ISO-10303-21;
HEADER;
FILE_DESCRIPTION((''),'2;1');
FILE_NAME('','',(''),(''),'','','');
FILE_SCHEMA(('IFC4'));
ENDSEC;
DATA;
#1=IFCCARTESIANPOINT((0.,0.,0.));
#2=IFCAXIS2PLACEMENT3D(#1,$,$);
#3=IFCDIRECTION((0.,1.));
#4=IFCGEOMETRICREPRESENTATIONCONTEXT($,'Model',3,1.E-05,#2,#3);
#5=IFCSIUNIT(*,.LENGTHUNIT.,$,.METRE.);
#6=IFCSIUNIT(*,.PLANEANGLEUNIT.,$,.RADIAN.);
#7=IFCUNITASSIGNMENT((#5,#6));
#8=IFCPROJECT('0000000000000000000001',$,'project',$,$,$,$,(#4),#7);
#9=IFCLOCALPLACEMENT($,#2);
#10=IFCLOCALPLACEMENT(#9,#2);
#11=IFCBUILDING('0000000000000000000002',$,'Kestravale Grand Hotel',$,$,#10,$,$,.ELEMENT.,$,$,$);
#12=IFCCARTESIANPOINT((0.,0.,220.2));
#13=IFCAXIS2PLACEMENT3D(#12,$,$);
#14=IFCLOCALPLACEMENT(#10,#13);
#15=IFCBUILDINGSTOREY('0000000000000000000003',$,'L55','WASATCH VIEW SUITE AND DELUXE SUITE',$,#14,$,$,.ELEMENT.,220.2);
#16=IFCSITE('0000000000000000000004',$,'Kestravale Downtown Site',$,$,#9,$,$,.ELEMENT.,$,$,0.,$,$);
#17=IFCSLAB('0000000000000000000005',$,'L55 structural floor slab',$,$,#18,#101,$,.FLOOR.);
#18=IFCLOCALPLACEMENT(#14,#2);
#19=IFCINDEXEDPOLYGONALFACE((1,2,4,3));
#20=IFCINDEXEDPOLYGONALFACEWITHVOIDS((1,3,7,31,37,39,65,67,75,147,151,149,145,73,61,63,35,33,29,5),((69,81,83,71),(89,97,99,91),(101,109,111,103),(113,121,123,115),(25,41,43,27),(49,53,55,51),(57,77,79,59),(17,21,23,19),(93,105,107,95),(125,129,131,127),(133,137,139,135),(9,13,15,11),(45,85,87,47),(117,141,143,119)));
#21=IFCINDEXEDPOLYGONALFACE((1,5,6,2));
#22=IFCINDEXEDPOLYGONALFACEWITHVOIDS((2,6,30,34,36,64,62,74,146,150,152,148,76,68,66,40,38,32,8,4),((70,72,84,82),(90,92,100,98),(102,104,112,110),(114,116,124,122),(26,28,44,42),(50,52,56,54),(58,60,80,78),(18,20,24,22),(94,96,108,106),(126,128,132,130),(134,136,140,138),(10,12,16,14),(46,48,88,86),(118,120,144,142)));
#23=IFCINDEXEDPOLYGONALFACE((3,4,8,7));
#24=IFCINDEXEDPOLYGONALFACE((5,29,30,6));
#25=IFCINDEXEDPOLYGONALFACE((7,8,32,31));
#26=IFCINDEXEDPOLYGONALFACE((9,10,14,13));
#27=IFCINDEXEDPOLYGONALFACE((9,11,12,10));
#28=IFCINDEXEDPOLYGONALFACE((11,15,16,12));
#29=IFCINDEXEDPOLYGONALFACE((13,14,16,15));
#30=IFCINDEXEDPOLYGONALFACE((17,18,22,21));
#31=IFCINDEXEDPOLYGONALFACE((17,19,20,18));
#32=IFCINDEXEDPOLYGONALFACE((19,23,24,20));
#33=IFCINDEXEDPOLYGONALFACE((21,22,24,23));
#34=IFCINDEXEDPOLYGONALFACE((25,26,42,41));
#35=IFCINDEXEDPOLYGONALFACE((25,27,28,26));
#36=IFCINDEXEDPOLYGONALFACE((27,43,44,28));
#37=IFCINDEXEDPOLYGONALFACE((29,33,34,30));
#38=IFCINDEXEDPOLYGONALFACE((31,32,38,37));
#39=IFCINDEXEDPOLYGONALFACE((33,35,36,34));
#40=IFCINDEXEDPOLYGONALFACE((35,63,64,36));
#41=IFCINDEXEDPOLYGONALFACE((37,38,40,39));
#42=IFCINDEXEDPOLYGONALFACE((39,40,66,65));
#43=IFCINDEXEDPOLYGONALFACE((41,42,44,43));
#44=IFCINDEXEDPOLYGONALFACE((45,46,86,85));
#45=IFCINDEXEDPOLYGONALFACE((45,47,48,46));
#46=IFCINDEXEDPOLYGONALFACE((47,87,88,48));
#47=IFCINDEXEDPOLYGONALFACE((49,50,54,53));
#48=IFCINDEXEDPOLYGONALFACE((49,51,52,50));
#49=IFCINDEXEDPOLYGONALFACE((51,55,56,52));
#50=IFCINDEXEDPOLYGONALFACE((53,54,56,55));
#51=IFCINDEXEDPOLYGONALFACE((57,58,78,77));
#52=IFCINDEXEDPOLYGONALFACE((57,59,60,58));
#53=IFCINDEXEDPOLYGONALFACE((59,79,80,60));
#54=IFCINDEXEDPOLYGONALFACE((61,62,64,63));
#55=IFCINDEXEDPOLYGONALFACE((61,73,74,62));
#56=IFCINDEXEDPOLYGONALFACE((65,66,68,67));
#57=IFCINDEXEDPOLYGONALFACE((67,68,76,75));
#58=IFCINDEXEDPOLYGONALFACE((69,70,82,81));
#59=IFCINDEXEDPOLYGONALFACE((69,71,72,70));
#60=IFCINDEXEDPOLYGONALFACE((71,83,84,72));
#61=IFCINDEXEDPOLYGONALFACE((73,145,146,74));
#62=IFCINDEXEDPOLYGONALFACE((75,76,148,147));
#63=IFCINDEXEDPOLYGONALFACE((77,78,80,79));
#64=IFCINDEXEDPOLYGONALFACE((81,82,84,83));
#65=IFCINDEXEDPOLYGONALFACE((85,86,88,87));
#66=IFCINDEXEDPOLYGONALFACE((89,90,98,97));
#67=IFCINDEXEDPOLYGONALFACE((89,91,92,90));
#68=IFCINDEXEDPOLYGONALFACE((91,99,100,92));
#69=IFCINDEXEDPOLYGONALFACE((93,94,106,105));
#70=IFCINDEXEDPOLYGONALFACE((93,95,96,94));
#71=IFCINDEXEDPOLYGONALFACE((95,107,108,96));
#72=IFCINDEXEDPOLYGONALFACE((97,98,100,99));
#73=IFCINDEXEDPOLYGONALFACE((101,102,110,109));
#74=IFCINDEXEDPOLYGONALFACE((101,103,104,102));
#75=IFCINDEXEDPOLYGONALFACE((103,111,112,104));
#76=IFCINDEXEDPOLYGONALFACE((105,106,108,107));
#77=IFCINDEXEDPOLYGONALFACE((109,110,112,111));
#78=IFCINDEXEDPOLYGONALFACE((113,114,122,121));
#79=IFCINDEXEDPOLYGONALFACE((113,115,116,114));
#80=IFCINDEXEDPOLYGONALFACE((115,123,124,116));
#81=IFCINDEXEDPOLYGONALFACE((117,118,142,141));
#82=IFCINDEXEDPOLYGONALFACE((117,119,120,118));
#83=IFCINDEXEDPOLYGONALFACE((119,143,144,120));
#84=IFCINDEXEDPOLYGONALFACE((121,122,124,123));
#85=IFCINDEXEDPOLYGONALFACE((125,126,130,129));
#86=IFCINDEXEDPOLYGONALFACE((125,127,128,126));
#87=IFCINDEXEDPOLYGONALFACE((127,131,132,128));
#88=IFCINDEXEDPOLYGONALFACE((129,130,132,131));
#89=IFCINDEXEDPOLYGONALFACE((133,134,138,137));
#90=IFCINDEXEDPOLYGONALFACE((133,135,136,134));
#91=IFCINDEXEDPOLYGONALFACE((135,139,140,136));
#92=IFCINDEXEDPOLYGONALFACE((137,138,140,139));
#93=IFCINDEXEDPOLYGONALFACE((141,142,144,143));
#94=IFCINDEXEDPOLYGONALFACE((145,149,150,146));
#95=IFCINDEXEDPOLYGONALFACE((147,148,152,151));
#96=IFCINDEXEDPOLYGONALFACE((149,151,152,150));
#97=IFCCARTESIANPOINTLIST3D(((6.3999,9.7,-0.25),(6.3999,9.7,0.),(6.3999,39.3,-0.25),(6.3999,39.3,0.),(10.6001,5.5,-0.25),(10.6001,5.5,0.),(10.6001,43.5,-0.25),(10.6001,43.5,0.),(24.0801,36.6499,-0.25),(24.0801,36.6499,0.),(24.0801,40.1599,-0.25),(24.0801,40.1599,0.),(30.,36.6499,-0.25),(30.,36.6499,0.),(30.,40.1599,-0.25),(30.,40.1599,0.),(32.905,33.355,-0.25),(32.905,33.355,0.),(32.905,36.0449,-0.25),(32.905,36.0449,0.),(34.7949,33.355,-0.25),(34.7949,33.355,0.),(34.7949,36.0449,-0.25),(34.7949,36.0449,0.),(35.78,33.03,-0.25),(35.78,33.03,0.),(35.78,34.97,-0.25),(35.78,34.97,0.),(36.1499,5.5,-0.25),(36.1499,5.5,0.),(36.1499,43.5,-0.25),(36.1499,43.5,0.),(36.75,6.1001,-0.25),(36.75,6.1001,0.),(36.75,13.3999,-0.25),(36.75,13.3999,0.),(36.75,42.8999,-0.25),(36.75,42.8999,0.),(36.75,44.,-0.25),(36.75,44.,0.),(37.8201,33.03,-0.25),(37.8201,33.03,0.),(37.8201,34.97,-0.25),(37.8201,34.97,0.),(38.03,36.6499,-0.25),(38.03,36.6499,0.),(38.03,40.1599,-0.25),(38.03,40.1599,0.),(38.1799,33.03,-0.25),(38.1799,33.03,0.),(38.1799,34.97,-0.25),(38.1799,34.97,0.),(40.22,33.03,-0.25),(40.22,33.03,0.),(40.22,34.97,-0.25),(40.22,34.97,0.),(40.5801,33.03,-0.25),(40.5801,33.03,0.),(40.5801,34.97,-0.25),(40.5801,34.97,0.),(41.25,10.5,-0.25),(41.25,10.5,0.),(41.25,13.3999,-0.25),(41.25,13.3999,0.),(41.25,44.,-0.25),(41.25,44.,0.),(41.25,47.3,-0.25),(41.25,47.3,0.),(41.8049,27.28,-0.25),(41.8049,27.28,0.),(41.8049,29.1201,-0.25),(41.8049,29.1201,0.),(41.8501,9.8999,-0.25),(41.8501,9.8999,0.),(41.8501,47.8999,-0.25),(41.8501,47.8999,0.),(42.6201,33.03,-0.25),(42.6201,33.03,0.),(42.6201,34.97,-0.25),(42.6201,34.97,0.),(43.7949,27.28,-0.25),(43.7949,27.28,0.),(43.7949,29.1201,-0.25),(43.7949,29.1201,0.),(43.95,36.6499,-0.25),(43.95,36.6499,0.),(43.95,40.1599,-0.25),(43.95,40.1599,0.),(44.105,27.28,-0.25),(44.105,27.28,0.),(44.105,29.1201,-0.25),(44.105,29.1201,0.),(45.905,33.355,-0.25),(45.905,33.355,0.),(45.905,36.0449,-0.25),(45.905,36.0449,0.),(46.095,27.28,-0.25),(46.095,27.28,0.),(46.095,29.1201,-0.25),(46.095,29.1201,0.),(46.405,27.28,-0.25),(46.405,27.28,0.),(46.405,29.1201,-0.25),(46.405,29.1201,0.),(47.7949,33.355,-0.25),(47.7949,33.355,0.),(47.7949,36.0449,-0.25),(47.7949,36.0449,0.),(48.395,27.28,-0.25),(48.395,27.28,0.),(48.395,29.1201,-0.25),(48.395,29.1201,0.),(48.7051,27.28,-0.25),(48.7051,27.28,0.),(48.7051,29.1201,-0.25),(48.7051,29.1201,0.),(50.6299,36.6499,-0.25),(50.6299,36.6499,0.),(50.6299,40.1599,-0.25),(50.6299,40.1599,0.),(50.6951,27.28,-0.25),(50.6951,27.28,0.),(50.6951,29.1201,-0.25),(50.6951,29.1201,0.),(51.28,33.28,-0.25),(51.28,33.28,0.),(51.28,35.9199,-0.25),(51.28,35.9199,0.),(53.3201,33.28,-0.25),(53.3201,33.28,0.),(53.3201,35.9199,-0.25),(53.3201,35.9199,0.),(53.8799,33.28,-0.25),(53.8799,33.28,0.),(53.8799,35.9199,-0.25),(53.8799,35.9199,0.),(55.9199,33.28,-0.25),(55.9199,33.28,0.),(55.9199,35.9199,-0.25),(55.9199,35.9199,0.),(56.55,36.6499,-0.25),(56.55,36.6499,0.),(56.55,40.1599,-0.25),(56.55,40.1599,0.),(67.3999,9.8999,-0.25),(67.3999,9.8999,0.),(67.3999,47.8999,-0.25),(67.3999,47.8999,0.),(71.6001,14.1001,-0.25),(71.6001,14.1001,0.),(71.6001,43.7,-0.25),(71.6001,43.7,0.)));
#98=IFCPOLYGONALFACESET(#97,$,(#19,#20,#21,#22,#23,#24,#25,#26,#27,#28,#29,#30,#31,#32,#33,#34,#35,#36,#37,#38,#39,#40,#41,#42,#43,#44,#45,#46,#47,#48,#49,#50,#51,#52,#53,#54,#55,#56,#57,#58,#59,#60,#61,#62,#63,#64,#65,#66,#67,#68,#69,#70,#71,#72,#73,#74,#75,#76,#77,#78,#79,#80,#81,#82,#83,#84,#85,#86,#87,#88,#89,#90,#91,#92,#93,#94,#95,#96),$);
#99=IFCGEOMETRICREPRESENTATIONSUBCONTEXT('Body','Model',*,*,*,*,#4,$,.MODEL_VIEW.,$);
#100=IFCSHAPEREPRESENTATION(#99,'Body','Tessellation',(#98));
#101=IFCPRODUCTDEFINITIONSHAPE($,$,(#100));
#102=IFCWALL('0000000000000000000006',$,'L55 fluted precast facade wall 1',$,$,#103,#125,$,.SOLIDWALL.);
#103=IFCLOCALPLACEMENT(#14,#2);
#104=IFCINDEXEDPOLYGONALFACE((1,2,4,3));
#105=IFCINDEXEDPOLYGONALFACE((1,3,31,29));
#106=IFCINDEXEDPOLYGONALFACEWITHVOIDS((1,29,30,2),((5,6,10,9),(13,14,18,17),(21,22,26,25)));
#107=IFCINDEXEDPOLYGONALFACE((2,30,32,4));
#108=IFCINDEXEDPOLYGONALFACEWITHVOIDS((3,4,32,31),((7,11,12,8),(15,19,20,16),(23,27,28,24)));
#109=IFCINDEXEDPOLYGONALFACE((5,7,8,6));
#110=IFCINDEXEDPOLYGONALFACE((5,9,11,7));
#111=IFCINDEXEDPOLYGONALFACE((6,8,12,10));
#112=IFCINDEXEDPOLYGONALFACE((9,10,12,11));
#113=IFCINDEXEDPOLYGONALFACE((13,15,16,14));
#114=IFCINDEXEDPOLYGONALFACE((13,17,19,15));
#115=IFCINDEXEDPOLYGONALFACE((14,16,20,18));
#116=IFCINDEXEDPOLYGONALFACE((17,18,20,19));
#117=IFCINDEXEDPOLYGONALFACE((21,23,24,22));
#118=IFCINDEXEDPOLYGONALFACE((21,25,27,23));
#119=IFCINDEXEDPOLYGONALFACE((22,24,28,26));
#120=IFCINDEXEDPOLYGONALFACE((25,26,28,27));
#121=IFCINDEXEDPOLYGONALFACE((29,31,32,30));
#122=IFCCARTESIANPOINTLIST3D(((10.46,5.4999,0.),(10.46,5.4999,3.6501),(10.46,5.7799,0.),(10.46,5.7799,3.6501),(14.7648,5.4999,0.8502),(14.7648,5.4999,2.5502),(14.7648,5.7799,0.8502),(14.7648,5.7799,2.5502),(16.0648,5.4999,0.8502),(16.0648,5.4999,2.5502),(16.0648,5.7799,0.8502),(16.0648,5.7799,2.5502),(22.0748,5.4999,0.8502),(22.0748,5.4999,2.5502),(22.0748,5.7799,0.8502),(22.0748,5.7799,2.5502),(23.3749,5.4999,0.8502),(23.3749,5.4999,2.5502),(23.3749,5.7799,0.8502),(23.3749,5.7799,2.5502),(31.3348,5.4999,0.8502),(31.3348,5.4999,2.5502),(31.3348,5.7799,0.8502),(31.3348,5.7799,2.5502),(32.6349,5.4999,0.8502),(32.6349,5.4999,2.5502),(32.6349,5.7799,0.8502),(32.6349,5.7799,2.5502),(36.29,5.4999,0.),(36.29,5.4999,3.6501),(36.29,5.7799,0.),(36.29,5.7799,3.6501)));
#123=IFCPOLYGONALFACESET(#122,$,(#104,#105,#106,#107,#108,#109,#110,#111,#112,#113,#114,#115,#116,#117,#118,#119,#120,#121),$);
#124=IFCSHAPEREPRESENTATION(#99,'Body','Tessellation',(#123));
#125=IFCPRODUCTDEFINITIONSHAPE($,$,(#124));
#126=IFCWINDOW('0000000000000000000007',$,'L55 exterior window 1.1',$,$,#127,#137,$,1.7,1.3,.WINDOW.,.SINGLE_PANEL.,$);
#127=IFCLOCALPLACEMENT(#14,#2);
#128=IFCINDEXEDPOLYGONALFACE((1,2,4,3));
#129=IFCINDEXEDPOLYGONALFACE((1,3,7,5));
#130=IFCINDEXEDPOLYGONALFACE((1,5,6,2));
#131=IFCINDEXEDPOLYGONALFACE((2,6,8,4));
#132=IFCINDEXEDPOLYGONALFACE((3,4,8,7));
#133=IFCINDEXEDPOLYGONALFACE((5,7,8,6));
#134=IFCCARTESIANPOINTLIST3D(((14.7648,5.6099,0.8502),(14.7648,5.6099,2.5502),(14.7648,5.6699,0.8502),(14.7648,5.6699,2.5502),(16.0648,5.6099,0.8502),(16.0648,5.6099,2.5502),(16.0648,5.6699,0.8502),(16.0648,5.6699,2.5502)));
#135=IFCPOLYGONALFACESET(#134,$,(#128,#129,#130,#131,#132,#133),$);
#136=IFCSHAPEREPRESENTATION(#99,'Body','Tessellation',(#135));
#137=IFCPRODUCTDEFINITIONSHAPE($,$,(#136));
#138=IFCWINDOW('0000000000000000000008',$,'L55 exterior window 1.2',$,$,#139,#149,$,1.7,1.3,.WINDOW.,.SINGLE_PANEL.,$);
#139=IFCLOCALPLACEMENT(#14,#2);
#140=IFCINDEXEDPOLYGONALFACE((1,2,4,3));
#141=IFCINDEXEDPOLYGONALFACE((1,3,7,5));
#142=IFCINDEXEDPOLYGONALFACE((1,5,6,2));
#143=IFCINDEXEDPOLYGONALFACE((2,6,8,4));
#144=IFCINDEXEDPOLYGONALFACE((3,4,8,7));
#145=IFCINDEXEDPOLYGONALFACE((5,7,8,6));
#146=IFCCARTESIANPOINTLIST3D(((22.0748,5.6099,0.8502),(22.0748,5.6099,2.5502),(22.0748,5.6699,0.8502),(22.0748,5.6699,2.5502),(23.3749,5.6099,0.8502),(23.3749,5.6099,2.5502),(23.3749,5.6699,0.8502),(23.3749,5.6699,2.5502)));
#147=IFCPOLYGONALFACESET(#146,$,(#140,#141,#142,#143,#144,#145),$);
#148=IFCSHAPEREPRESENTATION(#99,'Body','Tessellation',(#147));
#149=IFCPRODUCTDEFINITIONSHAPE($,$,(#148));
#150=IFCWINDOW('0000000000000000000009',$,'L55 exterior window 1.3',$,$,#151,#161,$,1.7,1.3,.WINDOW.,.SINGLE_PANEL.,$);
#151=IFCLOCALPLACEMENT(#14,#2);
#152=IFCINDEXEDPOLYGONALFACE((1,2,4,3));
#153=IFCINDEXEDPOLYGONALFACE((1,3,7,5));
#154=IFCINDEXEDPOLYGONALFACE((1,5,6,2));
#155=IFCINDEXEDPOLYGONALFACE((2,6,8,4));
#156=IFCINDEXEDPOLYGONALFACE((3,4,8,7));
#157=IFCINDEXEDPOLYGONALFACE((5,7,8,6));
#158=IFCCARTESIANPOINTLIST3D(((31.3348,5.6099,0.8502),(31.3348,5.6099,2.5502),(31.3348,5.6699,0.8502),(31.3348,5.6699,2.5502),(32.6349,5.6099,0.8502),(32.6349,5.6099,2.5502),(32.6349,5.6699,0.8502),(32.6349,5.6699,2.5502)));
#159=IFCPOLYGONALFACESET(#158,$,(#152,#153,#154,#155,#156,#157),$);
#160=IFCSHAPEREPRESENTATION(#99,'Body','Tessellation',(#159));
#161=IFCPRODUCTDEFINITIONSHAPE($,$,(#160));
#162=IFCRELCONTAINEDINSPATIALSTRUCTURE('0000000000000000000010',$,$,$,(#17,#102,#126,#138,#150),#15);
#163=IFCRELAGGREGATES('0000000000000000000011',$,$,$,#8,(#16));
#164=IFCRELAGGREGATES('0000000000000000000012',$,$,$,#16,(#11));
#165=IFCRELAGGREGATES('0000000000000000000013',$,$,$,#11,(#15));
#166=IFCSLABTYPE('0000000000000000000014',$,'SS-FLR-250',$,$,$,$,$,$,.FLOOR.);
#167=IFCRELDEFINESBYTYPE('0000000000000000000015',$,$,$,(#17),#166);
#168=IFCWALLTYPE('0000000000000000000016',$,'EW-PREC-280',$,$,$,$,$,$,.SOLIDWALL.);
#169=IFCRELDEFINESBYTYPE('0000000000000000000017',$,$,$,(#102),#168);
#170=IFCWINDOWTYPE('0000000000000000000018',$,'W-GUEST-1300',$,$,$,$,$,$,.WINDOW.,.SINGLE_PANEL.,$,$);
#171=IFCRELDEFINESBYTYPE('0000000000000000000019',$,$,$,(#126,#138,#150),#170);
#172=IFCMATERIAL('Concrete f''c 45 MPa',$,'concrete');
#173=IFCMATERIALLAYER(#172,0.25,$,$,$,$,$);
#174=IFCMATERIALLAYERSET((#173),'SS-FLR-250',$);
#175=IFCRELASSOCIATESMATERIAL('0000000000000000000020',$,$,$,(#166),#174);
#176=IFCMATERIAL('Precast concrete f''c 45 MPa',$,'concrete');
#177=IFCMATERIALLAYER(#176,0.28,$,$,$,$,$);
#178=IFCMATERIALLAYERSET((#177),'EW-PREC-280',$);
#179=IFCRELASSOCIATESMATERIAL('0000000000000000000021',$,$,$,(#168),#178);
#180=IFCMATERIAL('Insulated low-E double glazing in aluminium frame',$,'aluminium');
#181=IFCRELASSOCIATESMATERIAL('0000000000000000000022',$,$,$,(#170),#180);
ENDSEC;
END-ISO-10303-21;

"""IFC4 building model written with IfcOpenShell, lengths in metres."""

from ifc_helpers import new_model, si_unit, direction, frame, frame_2d, origin, place, context, subcontext, project, spatial, polyline, rectangle, outline, extrude, material, layer, layer_set, type_object, element, fill, save


model = new_model("IFC4")

# Units and contexts
model_context = context("Model", 3, precision=1e-05, world=origin(), true_north=direction((0.0, 1.0)))
body_context = subcontext(model_context, "Body", "Model", "MODEL_VIEW")
ifc_project = project(units=[si_unit("LENGTHUNIT", "METRE"), si_unit("PLANEANGLEUNIT", "RADIAN")], contexts=[model_context])

# Site, building, storey
site_placement = place(None, origin())
site = spatial("IfcSite", under=ifc_project, at=site_placement, Name="Kestravale Downtown Site", CompositionType="ELEMENT", RefElevation=0.0)
building_placement = place(site_placement, origin())
building = spatial("IfcBuilding", under=site, at=building_placement, Name="Kestravale Grand Hotel", CompositionType="ELEMENT")
storey_placement = place(building_placement, frame((0.0, 0.0, 220.2)))
storey = spatial("IfcBuildingStorey", under=building, at=storey_placement, Name="L55", Description="WASATCH VIEW SUITE AND DELUXE SUITE", CompositionType="ELEMENT", Elevation=220.2)

# Slab
ifc_material_1 = material(Name="Concrete f'c 45 MPa", Category="concrete")
ifc_layer_1 = layer(ifc_material_1, 0.25)
ifc_layer_set_1 = layer_set([ifc_layer_1], Name="SS-FLR-250")
slab_type_1 = type_object("IfcSlabType", Name="SS-FLR-250", PredefinedType="FLOOR", material=ifc_layer_set_1)
slab_1_placement = place(storey_placement, frame((0.0, 0.0, -0.25)))
element("IfcSlab", 1, at=slab_1_placement, inside=storey, type_object=slab_type_1, Name="L55 structural floor slab", PredefinedType="FLOOR", context=body_context, shape_type="SweptSolid", body=[
    extrude(outline(polyline([(10.6001, 5.5), (36.1499, 5.5), (36.75, 6.1001), (36.75, 13.3999), (41.25, 13.3999), (41.25, 10.5), (41.8501, 9.8999), (67.3999, 9.8999), (71.6001, 14.1001), (71.6001, 43.7), (67.3999, 47.8999), (41.8501, 47.8999), (41.25, 47.3), (41.25, 44.0), (36.75, 44.0), (36.75, 42.8999), (36.1499, 43.5), (10.6001, 43.5), (6.3999, 39.3), (6.3999, 9.7), (10.6001, 5.5)]), holes=[polyline([(24.0801, 36.6499), (30.0, 36.6499), (30.0, 40.1599), (24.0801, 40.1599), (24.0801, 36.6499)]), polyline([(38.03, 36.6499), (43.95, 36.6499), (43.95, 40.1599), (38.03, 40.1599), (38.03, 36.6499)]), polyline([(50.6299, 36.6499), (56.55, 36.6499), (56.55, 40.1599), (50.6299, 40.1599), (50.6299, 36.6499)]), polyline([(41.8049, 27.28), (43.7949, 27.28), (43.7949, 29.1201), (41.8049, 29.1201), (41.8049, 27.28)]), polyline([(44.105, 27.28), (46.095, 27.28), (46.095, 29.1201), (44.105, 29.1201), (44.105, 27.28)]), polyline([(46.405, 27.28), (48.395, 27.28), (48.395, 29.1201), (46.405, 29.1201), (46.405, 27.28)]), polyline([(48.7051, 27.28), (50.6951, 27.28), (50.6951, 29.1201), (48.7051, 29.1201), (48.7051, 27.28)]), polyline([(35.78, 33.03), (37.8201, 33.03), (37.8201, 34.97), (35.78, 34.97), (35.78, 33.03)]), polyline([(38.1799, 33.03), (40.22, 33.03), (40.22, 34.97), (38.1799, 34.97), (38.1799, 33.03)]), polyline([(40.5801, 33.03), (42.6201, 33.03), (42.6201, 34.97), (40.5801, 34.97), (40.5801, 33.03)]), polyline([(32.905, 33.355), (34.7949, 33.355), (34.7949, 36.0449), (32.905, 36.0449), (32.905, 33.355)]), polyline([(45.905, 33.355), (47.7949, 33.355), (47.7949, 36.0449), (45.905, 36.0449), (45.905, 33.355)]), polyline([(51.28, 33.28), (53.3201, 33.28), (53.3201, 35.9199), (51.28, 35.9199), (51.28, 33.28)]), polyline([(53.8799, 33.28), (55.9199, 33.28), (55.9199, 35.9199), (53.8799, 35.9199), (53.8799, 33.28)])]), origin(), (0.0, 0.0, 1.0), 0.25),
])

# Wall, openings, windows
ifc_material_2 = material(Name="Precast concrete f'c 45 MPa", Category="concrete")
ifc_layer_2 = layer(ifc_material_2, 0.28)
ifc_layer_set_2 = layer_set([ifc_layer_2], Name="EW-PREC-280")
wall_type_1 = type_object("IfcWallType", Name="EW-PREC-280", PredefinedType="SOLIDWALL", material=ifc_layer_set_2)
wall_1_placement = place(storey_placement, frame((10.46, 5.6399, 0.0), z_axis=(0.0, 0.0, 1.0), x_axis=(1.0, 0.0, 0.0)))
wall_1 = element("IfcWall", 2, at=wall_1_placement, inside=storey, type_object=wall_type_1, Name="L55 fluted precast facade wall 1", PredefinedType="SOLIDWALL", context=body_context, shape_type="SweptSolid", body=[
    extrude(rectangle(XDim=25.8301, YDim=0.28, at=frame_2d((12.915, 0.0))), origin(), (0.0, 0.0, 1.0), 3.6501),
])
opening_1_placement = place(wall_1_placement, frame((4.3049, 0.0, 0.8501)))
opening_1 = element("IfcOpeningElement", 3, at=opening_1_placement, cuts=wall_1, PredefinedType="OPENING", context=body_context, shape_type="SweptSolid", body=[
    extrude(rectangle(XDim=1.3, YDim=1.7, at=frame_2d((0.6499, 0.8501))), frame((0.0, 0.1499, 0.0), z_axis=(0.0, -1.0, 0.0), x_axis=(1.0, 0.0, 0.0)), (0.0, 0.0, 1.0), 0.3),
])
opening_2_placement = place(wall_1_placement, frame((11.615, 0.0, 0.8501)))
opening_2 = element("IfcOpeningElement", 4, at=opening_2_placement, cuts=wall_1, PredefinedType="OPENING", context=body_context, shape_type="SweptSolid", body=[
    extrude(rectangle(XDim=1.3, YDim=1.7, at=frame_2d((0.6499, 0.8501))), frame((0.0, 0.1499, 0.0), z_axis=(0.0, -1.0, 0.0), x_axis=(1.0, 0.0, 0.0)), (0.0, 0.0, 1.0), 0.3),
])
opening_3_placement = place(wall_1_placement, frame((20.875, 0.0, 0.8501)))
opening_3 = element("IfcOpeningElement", 5, at=opening_3_placement, cuts=wall_1, PredefinedType="OPENING", context=body_context, shape_type="SweptSolid", body=[
    extrude(rectangle(XDim=1.3, YDim=1.7, at=frame_2d((0.6499, 0.8501))), frame((0.0, 0.1499, 0.0), z_axis=(0.0, -1.0, 0.0), x_axis=(1.0, 0.0, 0.0)), (0.0, 0.0, 1.0), 0.3),
])
ifc_material_3 = material(Name="Insulated low-E double glazing in aluminium frame", Category="aluminium")
window_type = type_object("IfcWindowType", Name="W-GUEST-1300", PartitioningType="SINGLE_PANEL", PredefinedType="WINDOW", material=ifc_material_3)
window_1_placement = place(opening_1_placement, origin())
window_1 = element("IfcWindow", 6, at=window_1_placement, inside=storey, type_object=window_type, Name="L55 exterior window 1.1", OverallHeight=1.7, OverallWidth=1.3, PartitioningType="SINGLE_PANEL", PredefinedType="WINDOW", context=body_context, shape_type="SweptSolid", body=[
    extrude(rectangle(XDim=1.3, YDim=1.7, at=frame_2d((0.6499, 0.8501))), frame((0.0, 0.03, 0.0), z_axis=(0.0, -1.0, 0.0), x_axis=(1.0, 0.0, 0.0)), (0.0, 0.0, 1.0), 0.0601),
])
fill(opening_1, window_1)
window_2_placement = place(opening_2_placement, origin())
window_2 = element("IfcWindow", 7, at=window_2_placement, inside=storey, type_object=window_type, Name="L55 exterior window 1.2", OverallHeight=1.7, OverallWidth=1.3, PartitioningType="SINGLE_PANEL", PredefinedType="WINDOW", context=body_context, shape_type="SweptSolid", body=[
    extrude(rectangle(XDim=1.3, YDim=1.7, at=frame_2d((0.6499, 0.8501))), frame((0.0, 0.03, 0.0), z_axis=(0.0, -1.0, 0.0), x_axis=(1.0, 0.0, 0.0)), (0.0, 0.0, 1.0), 0.0601),
])
fill(opening_2, window_2)
window_3_placement = place(opening_3_placement, origin())
window_3 = element("IfcWindow", 8, at=window_3_placement, inside=storey, type_object=window_type, Name="L55 exterior window 1.3", OverallHeight=1.7, OverallWidth=1.3, PartitioningType="SINGLE_PANEL", PredefinedType="WINDOW", context=body_context, shape_type="SweptSolid", body=[
    extrude(rectangle(XDim=1.3, YDim=1.7, at=frame_2d((0.6499, 0.8501))), frame((0.0, 0.03, 0.0), z_axis=(0.0, -1.0, 0.0), x_axis=(1.0, 0.0, 0.0)), (0.0, 0.0, 1.0), 0.0601),
])
fill(opening_3, window_3)

save(model, "model.ifc")
